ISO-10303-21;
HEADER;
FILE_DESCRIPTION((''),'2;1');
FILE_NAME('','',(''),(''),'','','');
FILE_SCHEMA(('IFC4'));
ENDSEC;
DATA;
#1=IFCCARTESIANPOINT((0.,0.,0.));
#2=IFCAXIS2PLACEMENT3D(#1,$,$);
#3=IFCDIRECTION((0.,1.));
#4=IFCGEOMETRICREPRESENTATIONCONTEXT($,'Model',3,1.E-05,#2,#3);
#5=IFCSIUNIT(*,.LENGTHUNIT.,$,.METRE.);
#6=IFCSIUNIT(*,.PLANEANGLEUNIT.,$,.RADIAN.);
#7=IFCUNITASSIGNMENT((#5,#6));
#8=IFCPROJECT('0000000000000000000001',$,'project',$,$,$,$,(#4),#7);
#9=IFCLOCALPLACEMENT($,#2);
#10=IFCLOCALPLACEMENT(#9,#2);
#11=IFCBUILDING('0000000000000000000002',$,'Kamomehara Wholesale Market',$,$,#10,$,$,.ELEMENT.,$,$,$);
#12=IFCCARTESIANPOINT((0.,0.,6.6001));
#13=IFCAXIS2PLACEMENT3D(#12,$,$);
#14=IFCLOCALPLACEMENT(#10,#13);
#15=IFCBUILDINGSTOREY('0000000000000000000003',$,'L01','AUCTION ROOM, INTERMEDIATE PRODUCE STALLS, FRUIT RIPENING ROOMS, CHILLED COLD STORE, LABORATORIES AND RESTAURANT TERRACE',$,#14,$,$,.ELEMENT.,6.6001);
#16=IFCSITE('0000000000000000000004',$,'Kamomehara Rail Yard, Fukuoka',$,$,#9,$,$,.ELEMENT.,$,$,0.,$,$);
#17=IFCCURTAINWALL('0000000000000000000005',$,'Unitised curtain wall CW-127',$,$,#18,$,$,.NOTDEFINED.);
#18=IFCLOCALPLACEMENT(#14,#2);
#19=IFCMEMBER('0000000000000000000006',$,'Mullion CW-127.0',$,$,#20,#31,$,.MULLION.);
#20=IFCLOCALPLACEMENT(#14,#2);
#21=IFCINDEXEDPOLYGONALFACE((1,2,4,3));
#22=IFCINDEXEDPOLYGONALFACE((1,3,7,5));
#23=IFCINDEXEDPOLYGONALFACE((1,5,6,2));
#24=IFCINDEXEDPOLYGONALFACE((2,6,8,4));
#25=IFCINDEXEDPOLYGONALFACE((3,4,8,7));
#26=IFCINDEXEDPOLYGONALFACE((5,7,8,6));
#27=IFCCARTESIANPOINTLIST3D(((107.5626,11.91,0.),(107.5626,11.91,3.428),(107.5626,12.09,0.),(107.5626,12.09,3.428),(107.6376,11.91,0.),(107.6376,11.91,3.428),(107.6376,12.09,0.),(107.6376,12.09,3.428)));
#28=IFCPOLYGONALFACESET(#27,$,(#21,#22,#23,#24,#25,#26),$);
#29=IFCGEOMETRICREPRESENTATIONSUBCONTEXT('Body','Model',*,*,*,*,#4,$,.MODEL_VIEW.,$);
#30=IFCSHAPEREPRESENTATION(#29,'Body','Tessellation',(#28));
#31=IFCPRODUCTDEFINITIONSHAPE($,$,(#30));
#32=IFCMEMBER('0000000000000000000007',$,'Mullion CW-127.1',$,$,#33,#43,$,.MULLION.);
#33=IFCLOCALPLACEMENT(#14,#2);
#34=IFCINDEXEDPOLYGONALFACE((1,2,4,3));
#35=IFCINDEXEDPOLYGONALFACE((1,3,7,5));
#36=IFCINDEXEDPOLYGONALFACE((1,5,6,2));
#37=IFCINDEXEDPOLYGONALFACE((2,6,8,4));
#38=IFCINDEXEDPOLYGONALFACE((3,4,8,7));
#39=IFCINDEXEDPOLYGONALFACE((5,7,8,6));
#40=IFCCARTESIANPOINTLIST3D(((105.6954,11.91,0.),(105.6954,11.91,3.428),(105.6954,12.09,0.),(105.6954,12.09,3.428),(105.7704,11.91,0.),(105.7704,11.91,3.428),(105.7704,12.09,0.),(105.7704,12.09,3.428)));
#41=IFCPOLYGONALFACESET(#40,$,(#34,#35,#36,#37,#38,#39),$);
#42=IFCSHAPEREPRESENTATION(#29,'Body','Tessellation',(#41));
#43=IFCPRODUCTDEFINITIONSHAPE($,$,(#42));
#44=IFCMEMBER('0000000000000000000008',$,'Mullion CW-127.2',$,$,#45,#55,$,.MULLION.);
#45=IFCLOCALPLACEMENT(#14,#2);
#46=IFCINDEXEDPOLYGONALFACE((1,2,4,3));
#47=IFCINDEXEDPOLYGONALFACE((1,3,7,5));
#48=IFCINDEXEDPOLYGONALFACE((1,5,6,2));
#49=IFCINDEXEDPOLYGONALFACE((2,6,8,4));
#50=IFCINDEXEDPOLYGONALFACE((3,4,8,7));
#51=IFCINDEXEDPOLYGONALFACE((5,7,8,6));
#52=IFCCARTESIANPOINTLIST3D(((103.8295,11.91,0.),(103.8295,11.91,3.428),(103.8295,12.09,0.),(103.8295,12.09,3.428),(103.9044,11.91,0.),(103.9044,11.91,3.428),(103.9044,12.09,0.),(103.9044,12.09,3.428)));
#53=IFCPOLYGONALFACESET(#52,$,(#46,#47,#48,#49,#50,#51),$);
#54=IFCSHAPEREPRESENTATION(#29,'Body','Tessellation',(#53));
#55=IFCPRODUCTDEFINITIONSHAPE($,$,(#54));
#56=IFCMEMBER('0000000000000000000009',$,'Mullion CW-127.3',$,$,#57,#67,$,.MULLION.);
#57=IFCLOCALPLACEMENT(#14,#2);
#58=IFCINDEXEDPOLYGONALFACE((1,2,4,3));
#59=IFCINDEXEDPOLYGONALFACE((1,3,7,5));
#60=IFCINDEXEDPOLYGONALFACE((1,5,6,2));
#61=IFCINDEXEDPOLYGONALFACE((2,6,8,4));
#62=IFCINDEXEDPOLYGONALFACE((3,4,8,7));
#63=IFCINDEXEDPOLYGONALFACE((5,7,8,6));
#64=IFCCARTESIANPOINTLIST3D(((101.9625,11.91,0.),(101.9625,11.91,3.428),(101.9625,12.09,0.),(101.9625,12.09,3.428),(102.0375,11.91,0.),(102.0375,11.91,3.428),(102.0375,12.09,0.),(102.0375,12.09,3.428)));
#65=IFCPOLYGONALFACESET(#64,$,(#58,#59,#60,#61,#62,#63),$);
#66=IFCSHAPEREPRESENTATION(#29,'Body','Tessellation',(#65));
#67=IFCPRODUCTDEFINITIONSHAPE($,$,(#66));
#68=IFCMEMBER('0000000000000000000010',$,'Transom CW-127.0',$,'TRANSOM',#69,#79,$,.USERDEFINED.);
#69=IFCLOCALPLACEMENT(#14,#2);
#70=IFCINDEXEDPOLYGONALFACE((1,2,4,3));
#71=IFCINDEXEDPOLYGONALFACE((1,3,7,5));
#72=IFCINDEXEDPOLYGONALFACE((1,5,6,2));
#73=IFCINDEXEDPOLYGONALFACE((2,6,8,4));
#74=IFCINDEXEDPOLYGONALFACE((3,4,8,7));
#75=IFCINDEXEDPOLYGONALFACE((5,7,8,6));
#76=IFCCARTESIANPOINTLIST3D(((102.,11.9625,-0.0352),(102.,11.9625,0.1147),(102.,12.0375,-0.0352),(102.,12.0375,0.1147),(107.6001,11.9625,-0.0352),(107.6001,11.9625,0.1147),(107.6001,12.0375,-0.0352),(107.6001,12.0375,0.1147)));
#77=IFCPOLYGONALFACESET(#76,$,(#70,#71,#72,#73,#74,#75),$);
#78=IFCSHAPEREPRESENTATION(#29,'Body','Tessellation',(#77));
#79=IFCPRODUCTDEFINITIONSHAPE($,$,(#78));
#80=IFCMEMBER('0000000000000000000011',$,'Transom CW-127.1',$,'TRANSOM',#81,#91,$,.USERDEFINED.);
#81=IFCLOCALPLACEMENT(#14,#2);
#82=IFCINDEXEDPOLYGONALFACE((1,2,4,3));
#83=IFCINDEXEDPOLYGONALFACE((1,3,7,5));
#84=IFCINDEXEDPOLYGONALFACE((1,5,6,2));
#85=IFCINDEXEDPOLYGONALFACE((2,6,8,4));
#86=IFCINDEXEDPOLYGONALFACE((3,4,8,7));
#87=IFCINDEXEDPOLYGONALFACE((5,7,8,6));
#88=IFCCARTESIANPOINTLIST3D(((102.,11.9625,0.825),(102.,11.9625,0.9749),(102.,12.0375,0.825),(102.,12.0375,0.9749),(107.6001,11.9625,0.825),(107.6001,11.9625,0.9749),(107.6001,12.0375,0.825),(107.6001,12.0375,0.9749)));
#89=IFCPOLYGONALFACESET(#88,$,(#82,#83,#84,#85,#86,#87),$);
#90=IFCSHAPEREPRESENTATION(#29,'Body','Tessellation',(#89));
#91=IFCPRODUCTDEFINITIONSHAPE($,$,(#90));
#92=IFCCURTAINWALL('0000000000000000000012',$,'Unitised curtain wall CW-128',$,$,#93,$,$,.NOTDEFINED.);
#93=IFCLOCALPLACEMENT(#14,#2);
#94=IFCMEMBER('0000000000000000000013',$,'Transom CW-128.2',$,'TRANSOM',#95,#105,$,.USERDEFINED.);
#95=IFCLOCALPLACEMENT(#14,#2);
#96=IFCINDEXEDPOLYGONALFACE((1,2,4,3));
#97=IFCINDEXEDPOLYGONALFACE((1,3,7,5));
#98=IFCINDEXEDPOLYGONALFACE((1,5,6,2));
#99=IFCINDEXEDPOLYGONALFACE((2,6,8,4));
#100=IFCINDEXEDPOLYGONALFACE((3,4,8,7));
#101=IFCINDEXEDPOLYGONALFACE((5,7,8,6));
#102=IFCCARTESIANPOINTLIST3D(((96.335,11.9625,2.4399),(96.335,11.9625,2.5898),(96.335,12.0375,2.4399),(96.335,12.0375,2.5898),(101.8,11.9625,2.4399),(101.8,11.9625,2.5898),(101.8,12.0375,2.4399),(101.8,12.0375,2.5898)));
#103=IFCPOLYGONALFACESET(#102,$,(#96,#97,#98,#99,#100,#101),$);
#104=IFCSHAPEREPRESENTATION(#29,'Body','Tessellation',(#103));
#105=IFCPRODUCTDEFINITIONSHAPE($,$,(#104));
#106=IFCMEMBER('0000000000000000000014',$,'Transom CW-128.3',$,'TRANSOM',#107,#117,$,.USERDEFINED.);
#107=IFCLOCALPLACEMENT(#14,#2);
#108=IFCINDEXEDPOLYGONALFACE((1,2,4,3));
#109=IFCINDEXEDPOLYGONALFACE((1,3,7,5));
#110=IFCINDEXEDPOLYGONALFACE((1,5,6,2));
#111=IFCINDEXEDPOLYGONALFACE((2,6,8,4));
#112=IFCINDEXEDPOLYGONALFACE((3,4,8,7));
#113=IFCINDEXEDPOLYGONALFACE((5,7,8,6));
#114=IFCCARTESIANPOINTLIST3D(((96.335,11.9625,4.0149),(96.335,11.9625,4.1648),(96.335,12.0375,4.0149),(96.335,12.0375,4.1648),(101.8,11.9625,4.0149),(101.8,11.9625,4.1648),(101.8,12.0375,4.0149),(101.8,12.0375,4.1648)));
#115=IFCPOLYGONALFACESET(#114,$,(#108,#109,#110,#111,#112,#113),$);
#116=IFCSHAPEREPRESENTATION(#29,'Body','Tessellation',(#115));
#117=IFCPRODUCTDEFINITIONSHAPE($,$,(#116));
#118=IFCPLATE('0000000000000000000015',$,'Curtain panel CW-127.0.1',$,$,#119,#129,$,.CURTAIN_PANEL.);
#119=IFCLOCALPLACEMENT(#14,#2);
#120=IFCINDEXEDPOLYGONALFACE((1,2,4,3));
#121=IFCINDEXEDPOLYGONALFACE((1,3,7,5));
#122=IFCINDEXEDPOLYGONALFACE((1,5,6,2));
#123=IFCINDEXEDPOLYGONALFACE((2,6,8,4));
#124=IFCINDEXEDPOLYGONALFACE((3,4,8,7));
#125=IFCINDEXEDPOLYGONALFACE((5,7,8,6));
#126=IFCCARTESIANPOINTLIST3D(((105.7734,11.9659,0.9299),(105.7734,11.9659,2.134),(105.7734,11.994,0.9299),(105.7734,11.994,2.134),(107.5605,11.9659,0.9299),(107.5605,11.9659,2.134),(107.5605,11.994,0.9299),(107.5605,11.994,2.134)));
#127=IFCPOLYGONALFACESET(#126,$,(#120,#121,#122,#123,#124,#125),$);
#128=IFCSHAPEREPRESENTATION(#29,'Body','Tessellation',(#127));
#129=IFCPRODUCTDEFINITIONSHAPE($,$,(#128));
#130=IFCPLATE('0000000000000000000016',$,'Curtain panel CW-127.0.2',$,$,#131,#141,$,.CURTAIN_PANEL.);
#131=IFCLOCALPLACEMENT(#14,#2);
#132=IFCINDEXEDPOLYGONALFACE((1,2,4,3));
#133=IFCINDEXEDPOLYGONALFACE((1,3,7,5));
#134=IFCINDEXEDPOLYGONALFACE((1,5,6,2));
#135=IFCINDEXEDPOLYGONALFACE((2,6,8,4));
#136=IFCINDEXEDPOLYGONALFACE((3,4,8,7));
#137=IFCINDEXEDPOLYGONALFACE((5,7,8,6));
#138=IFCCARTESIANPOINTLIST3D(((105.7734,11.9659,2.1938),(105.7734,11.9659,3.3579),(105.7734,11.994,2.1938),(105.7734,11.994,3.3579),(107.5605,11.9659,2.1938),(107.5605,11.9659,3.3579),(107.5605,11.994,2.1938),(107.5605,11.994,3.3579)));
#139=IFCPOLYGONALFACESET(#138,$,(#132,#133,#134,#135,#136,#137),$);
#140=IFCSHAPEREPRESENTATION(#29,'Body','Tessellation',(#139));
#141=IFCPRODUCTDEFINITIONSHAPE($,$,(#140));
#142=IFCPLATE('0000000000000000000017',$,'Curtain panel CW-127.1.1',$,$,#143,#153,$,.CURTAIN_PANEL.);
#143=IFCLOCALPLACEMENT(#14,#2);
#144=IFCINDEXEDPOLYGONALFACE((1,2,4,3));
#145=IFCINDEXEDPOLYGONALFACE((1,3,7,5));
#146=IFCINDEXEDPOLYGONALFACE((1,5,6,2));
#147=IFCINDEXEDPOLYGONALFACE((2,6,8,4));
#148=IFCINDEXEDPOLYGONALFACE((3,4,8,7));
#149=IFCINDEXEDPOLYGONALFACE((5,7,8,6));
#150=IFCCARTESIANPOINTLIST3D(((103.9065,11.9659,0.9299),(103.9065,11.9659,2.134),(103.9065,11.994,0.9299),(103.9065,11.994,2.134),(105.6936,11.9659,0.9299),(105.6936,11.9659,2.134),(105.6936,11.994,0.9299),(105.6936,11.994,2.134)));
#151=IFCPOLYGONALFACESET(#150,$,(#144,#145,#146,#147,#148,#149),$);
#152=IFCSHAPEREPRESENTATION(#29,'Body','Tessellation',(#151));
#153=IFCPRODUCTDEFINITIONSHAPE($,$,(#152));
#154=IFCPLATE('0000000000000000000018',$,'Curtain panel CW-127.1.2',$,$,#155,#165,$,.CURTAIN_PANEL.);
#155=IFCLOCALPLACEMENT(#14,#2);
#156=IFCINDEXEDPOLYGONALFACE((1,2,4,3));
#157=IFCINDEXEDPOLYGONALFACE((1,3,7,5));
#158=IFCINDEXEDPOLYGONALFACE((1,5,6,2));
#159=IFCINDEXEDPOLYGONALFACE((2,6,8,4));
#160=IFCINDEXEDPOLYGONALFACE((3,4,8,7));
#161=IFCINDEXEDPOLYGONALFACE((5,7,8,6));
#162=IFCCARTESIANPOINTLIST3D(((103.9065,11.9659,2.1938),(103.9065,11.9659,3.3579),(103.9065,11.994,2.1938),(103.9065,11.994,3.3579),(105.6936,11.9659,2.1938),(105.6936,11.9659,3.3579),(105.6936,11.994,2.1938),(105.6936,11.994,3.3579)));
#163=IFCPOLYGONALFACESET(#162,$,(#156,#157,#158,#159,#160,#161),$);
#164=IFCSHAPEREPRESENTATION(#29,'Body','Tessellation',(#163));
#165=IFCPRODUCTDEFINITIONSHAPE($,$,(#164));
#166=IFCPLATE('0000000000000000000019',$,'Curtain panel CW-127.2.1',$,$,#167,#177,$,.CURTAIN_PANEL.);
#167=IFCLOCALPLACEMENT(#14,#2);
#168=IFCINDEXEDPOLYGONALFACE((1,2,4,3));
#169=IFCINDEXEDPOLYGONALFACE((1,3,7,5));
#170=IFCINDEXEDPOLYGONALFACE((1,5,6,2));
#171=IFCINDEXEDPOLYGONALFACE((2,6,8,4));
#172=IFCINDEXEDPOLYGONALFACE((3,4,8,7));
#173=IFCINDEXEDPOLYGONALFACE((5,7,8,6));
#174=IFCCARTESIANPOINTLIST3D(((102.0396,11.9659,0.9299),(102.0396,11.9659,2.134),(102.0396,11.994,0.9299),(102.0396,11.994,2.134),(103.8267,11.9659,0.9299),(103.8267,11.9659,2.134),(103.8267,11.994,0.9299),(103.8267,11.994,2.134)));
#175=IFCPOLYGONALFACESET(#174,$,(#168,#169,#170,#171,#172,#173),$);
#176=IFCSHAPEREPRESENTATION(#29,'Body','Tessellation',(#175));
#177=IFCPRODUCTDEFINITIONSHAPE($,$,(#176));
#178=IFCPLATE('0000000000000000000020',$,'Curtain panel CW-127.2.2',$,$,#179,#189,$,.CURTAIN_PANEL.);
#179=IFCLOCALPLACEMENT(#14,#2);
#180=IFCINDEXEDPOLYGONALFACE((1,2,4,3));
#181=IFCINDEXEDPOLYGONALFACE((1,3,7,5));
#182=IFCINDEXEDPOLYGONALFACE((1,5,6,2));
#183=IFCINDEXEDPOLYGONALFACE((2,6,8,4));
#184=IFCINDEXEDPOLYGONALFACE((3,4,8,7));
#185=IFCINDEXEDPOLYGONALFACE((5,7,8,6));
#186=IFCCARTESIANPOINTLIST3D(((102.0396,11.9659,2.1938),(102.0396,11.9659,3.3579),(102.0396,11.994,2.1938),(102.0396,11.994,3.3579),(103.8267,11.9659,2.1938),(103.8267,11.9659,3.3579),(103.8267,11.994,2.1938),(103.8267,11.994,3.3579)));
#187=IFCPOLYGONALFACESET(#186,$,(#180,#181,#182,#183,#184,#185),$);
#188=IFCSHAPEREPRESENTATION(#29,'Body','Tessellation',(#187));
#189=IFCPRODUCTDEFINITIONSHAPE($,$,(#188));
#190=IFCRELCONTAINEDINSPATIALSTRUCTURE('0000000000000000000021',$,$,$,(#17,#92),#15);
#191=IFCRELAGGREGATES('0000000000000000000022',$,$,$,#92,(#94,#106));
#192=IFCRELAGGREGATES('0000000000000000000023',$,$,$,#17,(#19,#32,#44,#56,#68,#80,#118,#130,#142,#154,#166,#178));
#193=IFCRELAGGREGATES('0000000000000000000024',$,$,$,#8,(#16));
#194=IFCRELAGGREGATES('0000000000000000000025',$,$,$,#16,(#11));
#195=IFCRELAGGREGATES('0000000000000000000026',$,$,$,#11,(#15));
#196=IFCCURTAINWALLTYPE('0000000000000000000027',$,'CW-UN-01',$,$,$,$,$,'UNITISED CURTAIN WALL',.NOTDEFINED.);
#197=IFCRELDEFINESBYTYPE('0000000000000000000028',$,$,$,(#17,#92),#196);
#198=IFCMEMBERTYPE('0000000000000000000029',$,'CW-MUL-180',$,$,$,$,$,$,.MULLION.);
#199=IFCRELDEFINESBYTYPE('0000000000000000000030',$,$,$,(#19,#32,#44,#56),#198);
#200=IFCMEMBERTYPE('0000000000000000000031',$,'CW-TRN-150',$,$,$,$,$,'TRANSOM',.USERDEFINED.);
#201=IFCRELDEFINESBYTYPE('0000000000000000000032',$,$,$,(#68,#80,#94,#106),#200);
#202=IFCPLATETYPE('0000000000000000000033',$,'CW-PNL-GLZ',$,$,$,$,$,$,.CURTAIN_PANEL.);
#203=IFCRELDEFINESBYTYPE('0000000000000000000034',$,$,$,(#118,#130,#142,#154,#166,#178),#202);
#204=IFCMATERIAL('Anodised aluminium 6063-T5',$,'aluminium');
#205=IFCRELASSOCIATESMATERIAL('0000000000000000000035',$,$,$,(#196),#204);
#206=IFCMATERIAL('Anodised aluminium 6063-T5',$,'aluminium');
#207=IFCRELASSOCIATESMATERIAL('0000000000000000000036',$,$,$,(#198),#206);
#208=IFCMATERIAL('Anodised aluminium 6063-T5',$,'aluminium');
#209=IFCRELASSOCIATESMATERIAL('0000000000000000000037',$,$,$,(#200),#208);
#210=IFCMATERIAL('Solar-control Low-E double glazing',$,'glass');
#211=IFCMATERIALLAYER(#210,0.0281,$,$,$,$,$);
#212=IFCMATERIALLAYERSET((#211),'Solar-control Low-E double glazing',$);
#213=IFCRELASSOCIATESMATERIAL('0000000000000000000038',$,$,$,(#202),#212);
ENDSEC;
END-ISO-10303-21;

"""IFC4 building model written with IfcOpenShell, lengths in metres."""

from ifc_helpers import new_model, si_unit, direction, frame, origin, origin_2d, place, context, subcontext, project, spatial, rectangle, extrude, material, layer, layer_set, material_profile, profile_set, type_object, element, aggregate, save


model = new_model("IFC4")

# Units and contexts
model_context = context("Model", 3, precision=1e-05, world=origin(), true_north=direction((0.0, 1.0)))
body_context = subcontext(model_context, "Body", "Model", "MODEL_VIEW")
ifc_project = project(units=[si_unit("LENGTHUNIT", "METRE"), si_unit("PLANEANGLEUNIT", "RADIAN")], contexts=[model_context])

# Site, building, storey
site_placement = place(None, origin())
site = spatial("IfcSite", under=ifc_project, at=site_placement, Name="Kamomehara Rail Yard, Fukuoka", CompositionType="ELEMENT", RefElevation=0.0)
building_placement = place(site_placement, origin())
building = spatial("IfcBuilding", under=site, at=building_placement, Name="Kamomehara Wholesale Market", CompositionType="ELEMENT")
storey_placement = place(building_placement, frame((0.0, 0.0, 6.6001)))
storey = spatial("IfcBuildingStorey", under=building, at=storey_placement, Name="L01", Description="AUCTION ROOM, INTERMEDIATE PRODUCE STALLS, FRUIT RIPENING ROOMS, CHILLED COLD STORE, LABORATORIES AND RESTAURANT TERRACE", CompositionType="ELEMENT", Elevation=6.6001)

# Curtain walls, members
ifc_material_1 = material(Name="Anodised aluminium 6063-T5", Category="aluminium")
curtain_wall_type = type_object("IfcCurtainWallType", Name="CW-UN-01", ElementType="UNITISED CURTAIN WALL", PredefinedType="NOTDEFINED", material=ifc_material_1)
curtain_wall_1_placement = place(storey_placement, origin())
curtain_wall_1 = element("IfcCurtainWall", 1, at=curtain_wall_1_placement, inside=storey, type_object=curtain_wall_type, Name="Unitised curtain wall CW-127", PredefinedType="NOTDEFINED")
ifc_material_2 = material(Name="Anodised aluminium 6063-T5", Category="aluminium")
ifc_material_profile_1 = material_profile(ifc_material_2, rectangle(XDim=0.075, YDim=0.1799, at=origin_2d()), Name="ALU-MUL-75x180")
ifc_profile_set_1 = profile_set([ifc_material_profile_1], Name="Anodised aluminium 6063-T5")
member_type_1 = type_object("IfcMemberType", Name="CW-MUL-180", PredefinedType="MULLION", material=ifc_profile_set_1)
member_1_placement = place(storey_placement, frame((107.6001, 12.0, 0.0), z_axis=(0.0, 0.0, 1.0), x_axis=(-1.0, 0.0, 0.0)))
member_1 = element("IfcMember", 2, at=member_1_placement, type_object=member_type_1, Name="Mullion CW-127.0", PredefinedType="MULLION", context=body_context, shape_type="SweptSolid", body=[
    extrude(rectangle(XDim=0.075, YDim=0.1799, at=origin_2d()), origin(), (0.0, 0.0, 1.0), 3.428),
])
member_2_placement = place(storey_placement, frame((105.7329, 12.0, 0.0), z_axis=(0.0, 0.0, 1.0), x_axis=(-1.0, 0.0, 0.0)))
member_2 = element("IfcMember", 3, at=member_2_placement, type_object=member_type_1, Name="Mullion CW-127.1", PredefinedType="MULLION", context=body_context, shape_type="SweptSolid", body=[
    extrude(rectangle(XDim=0.075, YDim=0.1799, at=origin_2d()), origin(), (0.0, 0.0, 1.0), 3.428),
])
member_3_placement = place(storey_placement, frame((103.8669, 12.0, 0.0), z_axis=(0.0, 0.0, 1.0), x_axis=(-1.0, 0.0, 0.0)))
member_3 = element("IfcMember", 4, at=member_3_placement, type_object=member_type_1, Name="Mullion CW-127.2", PredefinedType="MULLION", context=body_context, shape_type="SweptSolid", body=[
    extrude(rectangle(XDim=0.075, YDim=0.1799, at=origin_2d()), origin(), (0.0, 0.0, 1.0), 3.428),
])
member_4_placement = place(storey_placement, frame((102.0, 12.0, 0.0), z_axis=(0.0, 0.0, 1.0), x_axis=(-1.0, 0.0, 0.0)))
member_4 = element("IfcMember", 5, at=member_4_placement, type_object=member_type_1, Name="Mullion CW-127.3", PredefinedType="MULLION", context=body_context, shape_type="SweptSolid", body=[
    extrude(rectangle(XDim=0.075, YDim=0.1799, at=origin_2d()), origin(), (0.0, 0.0, 1.0), 3.428),
])
ifc_material_3 = material(Name="Anodised aluminium 6063-T5", Category="aluminium")
ifc_material_profile_2 = material_profile(ifc_material_3, rectangle(XDim=0.075, YDim=0.1499, at=origin_2d()), Name="ALU-TRN-75x150")
ifc_profile_set_2 = profile_set([ifc_material_profile_2], Name="Anodised aluminium 6063-T5")
member_type_2 = type_object("IfcMemberType", Name="CW-TRN-150", ElementType="TRANSOM", PredefinedType="USERDEFINED", material=ifc_profile_set_2)
member_5_placement = place(storey_placement, frame((107.6001, 12.0, 0.0398), z_axis=(-1.0, 0.0, 0.0), x_axis=(0.0, -1.0, 0.0)))
member_5 = element("IfcMember", 6, at=member_5_placement, type_object=member_type_2, Name="Transom CW-127.0", ObjectType="TRANSOM", PredefinedType="USERDEFINED", context=body_context, shape_type="SweptSolid", body=[
    extrude(rectangle(XDim=0.075, YDim=0.1499, at=origin_2d()), origin(), (0.0, 0.0, 1.0), 5.6001),
])
member_6_placement = place(storey_placement, frame((107.6001, 12.0, 0.8999), z_axis=(-1.0, 0.0, 0.0), x_axis=(0.0, -1.0, 0.0)))
member_6 = element("IfcMember", 7, at=member_6_placement, type_object=member_type_2, Name="Transom CW-127.1", ObjectType="TRANSOM", PredefinedType="USERDEFINED", context=body_context, shape_type="SweptSolid", body=[
    extrude(rectangle(XDim=0.075, YDim=0.1499, at=origin_2d()), origin(), (0.0, 0.0, 1.0), 5.6001),
])
curtain_wall_2_placement = place(storey_placement, origin())
curtain_wall_2 = element("IfcCurtainWall", 8, at=curtain_wall_2_placement, inside=storey, type_object=curtain_wall_type, Name="Unitised curtain wall CW-128", PredefinedType="NOTDEFINED")
member_7_placement = place(storey_placement, frame((101.8, 12.0, 2.5149), z_axis=(-1.0, 0.0, 0.0), x_axis=(0.0, -1.0, 0.0)))
member_7 = element("IfcMember", 9, at=member_7_placement, type_object=member_type_2, Name="Transom CW-128.2", ObjectType="TRANSOM", PredefinedType="USERDEFINED", context=body_context, shape_type="SweptSolid", body=[
    extrude(rectangle(XDim=0.075, YDim=0.1499, at=origin_2d()), origin(), (0.0, 0.0, 1.0), 5.4651),
])
member_8_placement = place(storey_placement, frame((101.8, 12.0, 4.0898), z_axis=(-1.0, 0.0, 0.0), x_axis=(0.0, -1.0, 0.0)))
member_8 = element("IfcMember", 10, at=member_8_placement, type_object=member_type_2, Name="Transom CW-128.3", ObjectType="TRANSOM", PredefinedType="USERDEFINED", context=body_context, shape_type="SweptSolid", body=[
    extrude(rectangle(XDim=0.075, YDim=0.1499, at=origin_2d()), origin(), (0.0, 0.0, 1.0), 5.4651),
])
aggregate(curtain_wall_2, [member_7, member_8])

# Plates
ifc_material_4 = material(Name="Solar-control Low-E double glazing", Category="glass")
ifc_layer_1 = layer(ifc_material_4, 0.0281)
ifc_layer_set_1 = layer_set([ifc_layer_1], Name="Solar-control Low-E double glazing")
plate_type_1 = type_object("IfcPlateType", Name="CW-PNL-GLZ", PredefinedType="CURTAIN_PANEL", material=ifc_layer_set_1)
plate_1_placement = place(storey_placement, frame((106.667, 11.98, 0.9299), z_axis=(0.0, 0.0, 1.0), x_axis=(-1.0, 0.0, 0.0)))
plate_1 = element("IfcPlate", 11, at=plate_1_placement, type_object=plate_type_1, Name="Curtain panel CW-127.0.1", PredefinedType="CURTAIN_PANEL", context=body_context, shape_type="SweptSolid", body=[
    extrude(rectangle(XDim=1.7871, YDim=0.0281, at=origin_2d()), origin(), (0.0, 0.0, 1.0), 1.2041),
])
plate_2_placement = place(storey_placement, frame((106.667, 11.98, 2.1938), z_axis=(0.0, 0.0, 1.0), x_axis=(-1.0, 0.0, 0.0)))
plate_2 = element("IfcPlate", 12, at=plate_2_placement, type_object=plate_type_1, Name="Curtain panel CW-127.0.2", PredefinedType="CURTAIN_PANEL", context=body_context, shape_type="SweptSolid", body=[
    extrude(rectangle(XDim=1.7871, YDim=0.0281, at=origin_2d()), origin(), (0.0, 0.0, 1.0), 1.1641),
])
plate_3_placement = place(storey_placement, frame((104.8, 11.98, 0.9299), z_axis=(0.0, 0.0, 1.0), x_axis=(-1.0, 0.0, 0.0)))
plate_3 = element("IfcPlate", 13, at=plate_3_placement, type_object=plate_type_1, Name="Curtain panel CW-127.1.1", PredefinedType="CURTAIN_PANEL", context=body_context, shape_type="SweptSolid", body=[
    extrude(rectangle(XDim=1.7871, YDim=0.0281, at=origin_2d()), origin(), (0.0, 0.0, 1.0), 1.2041),
])
plate_4_placement = place(storey_placement, frame((104.8, 11.98, 2.1938), z_axis=(0.0, 0.0, 1.0), x_axis=(-1.0, 0.0, 0.0)))
plate_4 = element("IfcPlate", 14, at=plate_4_placement, type_object=plate_type_1, Name="Curtain panel CW-127.1.2", PredefinedType="CURTAIN_PANEL", context=body_context, shape_type="SweptSolid", body=[
    extrude(rectangle(XDim=1.7871, YDim=0.0281, at=origin_2d()), origin(), (0.0, 0.0, 1.0), 1.1641),
])
plate_5_placement = place(storey_placement, frame((102.9331, 11.98, 0.9299), z_axis=(0.0, 0.0, 1.0), x_axis=(-1.0, 0.0, 0.0)))
plate_5 = element("IfcPlate", 15, at=plate_5_placement, type_object=plate_type_1, Name="Curtain panel CW-127.2.1", PredefinedType="CURTAIN_PANEL", context=body_context, shape_type="SweptSolid", body=[
    extrude(rectangle(XDim=1.7871, YDim=0.0281, at=origin_2d()), origin(), (0.0, 0.0, 1.0), 1.2041),
])
plate_6_placement = place(storey_placement, frame((102.9331, 11.98, 2.1938), z_axis=(0.0, 0.0, 1.0), x_axis=(-1.0, 0.0, 0.0)))
plate_6 = element("IfcPlate", 16, at=plate_6_placement, type_object=plate_type_1, Name="Curtain panel CW-127.2.2", PredefinedType="CURTAIN_PANEL", context=body_context, shape_type="SweptSolid", body=[
    extrude(rectangle(XDim=1.7871, YDim=0.0281, at=origin_2d()), origin(), (0.0, 0.0, 1.0), 1.1641),
])

aggregate(curtain_wall_1, [member_1, member_2, member_3, member_4, member_5, member_6, plate_1, plate_2, plate_3, plate_4, plate_5, plate_6])

save(model, "model.ifc")
